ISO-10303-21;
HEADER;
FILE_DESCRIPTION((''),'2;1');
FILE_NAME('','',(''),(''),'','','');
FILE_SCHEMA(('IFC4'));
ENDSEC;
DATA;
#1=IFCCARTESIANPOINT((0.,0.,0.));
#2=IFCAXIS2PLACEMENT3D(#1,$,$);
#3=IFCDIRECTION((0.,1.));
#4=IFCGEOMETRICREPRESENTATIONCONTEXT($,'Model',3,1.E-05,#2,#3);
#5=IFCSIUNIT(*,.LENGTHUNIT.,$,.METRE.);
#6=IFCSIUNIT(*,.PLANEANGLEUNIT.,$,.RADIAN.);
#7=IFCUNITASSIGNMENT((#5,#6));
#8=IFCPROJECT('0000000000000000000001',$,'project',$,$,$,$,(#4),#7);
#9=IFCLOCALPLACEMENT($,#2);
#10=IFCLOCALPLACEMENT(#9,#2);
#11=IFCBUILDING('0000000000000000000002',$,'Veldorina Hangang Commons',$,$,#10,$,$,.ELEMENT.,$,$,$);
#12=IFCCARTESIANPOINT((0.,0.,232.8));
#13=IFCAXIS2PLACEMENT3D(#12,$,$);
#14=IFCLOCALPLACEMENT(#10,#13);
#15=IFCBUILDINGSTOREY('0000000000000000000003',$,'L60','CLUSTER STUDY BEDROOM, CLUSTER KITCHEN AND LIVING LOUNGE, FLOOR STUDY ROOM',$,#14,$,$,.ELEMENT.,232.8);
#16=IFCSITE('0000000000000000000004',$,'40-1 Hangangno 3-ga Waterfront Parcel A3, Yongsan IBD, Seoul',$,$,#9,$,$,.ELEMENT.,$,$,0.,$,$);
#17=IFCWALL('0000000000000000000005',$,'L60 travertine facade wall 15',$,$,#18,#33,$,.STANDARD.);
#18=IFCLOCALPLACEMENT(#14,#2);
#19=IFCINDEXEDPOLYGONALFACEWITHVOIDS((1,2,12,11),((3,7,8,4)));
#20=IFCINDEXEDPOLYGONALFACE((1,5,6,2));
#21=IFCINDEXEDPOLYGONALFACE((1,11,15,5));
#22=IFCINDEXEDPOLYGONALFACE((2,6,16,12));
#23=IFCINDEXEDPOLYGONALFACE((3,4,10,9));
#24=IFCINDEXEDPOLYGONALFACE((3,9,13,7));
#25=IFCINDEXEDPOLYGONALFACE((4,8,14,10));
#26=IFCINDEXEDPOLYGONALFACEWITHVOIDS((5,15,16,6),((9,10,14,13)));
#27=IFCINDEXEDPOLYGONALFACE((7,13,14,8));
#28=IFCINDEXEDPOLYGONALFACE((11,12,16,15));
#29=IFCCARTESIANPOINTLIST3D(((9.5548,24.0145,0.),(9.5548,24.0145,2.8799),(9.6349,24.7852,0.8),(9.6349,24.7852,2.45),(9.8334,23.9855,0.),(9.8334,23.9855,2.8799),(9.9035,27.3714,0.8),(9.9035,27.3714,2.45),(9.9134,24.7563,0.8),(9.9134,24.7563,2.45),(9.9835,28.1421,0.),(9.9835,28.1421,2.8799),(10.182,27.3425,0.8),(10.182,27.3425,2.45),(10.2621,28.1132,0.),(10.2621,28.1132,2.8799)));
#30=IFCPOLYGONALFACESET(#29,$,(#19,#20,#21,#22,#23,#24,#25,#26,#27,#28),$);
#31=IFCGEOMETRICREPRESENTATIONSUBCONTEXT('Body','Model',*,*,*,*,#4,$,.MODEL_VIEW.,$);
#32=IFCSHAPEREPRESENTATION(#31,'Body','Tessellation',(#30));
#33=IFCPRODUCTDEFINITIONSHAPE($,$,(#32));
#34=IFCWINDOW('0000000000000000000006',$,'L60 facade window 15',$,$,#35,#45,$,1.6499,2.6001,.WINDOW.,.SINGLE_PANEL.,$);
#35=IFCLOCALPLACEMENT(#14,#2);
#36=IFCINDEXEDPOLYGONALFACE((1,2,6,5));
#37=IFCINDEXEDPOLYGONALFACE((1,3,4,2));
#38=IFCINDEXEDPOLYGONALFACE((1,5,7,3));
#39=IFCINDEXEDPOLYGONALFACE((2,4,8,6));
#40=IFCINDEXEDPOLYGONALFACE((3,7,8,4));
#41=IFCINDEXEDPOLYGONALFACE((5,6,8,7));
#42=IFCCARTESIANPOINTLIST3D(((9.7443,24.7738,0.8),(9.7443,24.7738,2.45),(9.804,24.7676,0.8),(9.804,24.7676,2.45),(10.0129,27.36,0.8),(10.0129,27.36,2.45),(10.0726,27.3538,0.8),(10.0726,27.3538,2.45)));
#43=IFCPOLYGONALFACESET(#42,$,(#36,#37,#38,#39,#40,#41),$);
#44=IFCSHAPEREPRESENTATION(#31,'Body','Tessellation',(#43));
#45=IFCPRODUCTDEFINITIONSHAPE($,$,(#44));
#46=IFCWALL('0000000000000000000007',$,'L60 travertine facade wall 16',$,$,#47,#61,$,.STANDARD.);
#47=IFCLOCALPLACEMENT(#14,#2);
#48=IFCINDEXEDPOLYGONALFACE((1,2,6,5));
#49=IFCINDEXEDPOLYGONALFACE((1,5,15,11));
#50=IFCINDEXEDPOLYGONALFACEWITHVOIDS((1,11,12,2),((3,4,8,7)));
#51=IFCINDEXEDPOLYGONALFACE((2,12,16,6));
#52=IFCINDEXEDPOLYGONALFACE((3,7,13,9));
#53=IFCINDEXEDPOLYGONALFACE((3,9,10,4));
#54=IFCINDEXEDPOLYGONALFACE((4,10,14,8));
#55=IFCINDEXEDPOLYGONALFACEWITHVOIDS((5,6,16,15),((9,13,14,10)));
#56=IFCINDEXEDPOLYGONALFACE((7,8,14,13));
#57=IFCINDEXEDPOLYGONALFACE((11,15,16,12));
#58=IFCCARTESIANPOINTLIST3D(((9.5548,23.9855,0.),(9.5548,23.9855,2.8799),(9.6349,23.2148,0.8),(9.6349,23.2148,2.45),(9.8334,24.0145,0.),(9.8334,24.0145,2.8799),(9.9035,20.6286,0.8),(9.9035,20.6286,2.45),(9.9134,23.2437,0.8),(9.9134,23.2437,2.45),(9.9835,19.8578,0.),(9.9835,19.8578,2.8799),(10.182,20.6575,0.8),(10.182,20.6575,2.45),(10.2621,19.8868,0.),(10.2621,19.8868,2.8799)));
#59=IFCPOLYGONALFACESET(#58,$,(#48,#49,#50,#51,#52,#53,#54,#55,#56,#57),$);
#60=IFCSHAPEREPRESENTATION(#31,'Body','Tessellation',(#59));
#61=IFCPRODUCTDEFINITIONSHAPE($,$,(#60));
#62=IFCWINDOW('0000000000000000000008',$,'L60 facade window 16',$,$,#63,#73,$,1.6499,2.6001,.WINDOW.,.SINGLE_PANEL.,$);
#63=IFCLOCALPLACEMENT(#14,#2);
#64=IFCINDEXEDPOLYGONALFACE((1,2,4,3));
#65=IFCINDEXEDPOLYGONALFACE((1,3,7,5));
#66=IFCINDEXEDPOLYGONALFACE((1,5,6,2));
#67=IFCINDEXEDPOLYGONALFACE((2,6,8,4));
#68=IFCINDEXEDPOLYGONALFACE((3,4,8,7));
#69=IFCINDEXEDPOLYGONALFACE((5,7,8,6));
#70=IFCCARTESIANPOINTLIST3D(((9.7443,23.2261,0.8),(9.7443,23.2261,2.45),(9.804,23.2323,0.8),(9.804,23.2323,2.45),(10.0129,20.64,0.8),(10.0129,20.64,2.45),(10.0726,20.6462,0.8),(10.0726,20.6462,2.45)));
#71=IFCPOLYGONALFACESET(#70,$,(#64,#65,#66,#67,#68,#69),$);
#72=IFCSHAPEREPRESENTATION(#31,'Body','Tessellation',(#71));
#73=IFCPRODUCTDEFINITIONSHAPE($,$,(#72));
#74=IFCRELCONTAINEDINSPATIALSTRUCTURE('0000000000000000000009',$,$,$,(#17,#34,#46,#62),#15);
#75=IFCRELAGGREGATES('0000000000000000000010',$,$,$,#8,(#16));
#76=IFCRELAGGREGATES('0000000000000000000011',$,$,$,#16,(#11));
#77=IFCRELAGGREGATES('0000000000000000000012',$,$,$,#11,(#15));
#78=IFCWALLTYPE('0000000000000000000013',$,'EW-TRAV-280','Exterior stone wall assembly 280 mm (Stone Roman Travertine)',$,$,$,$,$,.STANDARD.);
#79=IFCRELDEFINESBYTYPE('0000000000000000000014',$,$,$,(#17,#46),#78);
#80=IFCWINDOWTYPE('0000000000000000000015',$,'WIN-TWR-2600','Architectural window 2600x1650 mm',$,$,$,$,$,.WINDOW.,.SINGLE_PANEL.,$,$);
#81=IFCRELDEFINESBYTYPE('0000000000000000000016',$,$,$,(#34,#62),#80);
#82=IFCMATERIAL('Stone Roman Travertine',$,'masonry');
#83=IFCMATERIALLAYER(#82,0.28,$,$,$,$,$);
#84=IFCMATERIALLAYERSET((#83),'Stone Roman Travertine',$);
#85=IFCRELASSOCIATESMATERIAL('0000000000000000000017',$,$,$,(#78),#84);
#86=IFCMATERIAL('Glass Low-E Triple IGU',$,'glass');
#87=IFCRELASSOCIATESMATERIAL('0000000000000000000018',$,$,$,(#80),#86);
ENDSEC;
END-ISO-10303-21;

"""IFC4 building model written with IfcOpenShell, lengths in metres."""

from ifc_helpers import new_model, si_unit, direction, frame, frame_2d, origin, place, context, subcontext, project, spatial, rectangle, extrude, material, layer, layer_set, type_object, element, fill, save


model = new_model("IFC4")

# Units and contexts
model_context = context("Model", 3, precision=1e-05, world=origin(), true_north=direction((0.0, 1.0)))
body_context = subcontext(model_context, "Body", "Model", "MODEL_VIEW")
ifc_project = project(units=[si_unit("LENGTHUNIT", "METRE"), si_unit("PLANEANGLEUNIT", "RADIAN")], contexts=[model_context])

# Site, building, storey
site_placement = place(None, origin())
site = spatial("IfcSite", under=ifc_project, at=site_placement, Name="40-1 Hangangno 3-ga Waterfront Parcel A3, Yongsan IBD, Seoul", CompositionType="ELEMENT", RefElevation=0.0)
building_placement = place(site_placement, origin())
building = spatial("IfcBuilding", under=site, at=building_placement, Name="Veldorina Hangang Commons", CompositionType="ELEMENT")
storey_placement = place(building_placement, frame((0.0, 0.0, 232.8)))
storey = spatial("IfcBuildingStorey", under=building, at=storey_placement, Name="L60", Description="CLUSTER STUDY BEDROOM, CLUSTER KITCHEN AND LIVING LOUNGE, FLOOR STUDY ROOM", CompositionType="ELEMENT", Elevation=232.8)

# Walls, openings, windows
ifc_material_1 = material(Name="Stone Roman Travertine", Category="masonry")
ifc_layer_1 = layer(ifc_material_1, 0.28)
ifc_layer_set_1 = layer_set([ifc_layer_1], Name="Stone Roman Travertine")
wall_type = type_object("IfcWallType", Name="EW-TRAV-280", Description="Exterior stone wall assembly 280 mm (Stone Roman Travertine)", PredefinedType="STANDARD", material=ifc_layer_set_1)
wall_1_placement = place(storey_placement, frame((10.1228, 28.1277, 0.0), z_axis=(0.0, 0.0, 1.0), x_axis=(-0.103307, -0.99465, 0.0)))
wall_1 = element("IfcWall", 1, at=wall_1_placement, inside=storey, type_object=wall_type, Name="L60 travertine facade wall 15", PredefinedType="STANDARD", context=body_context, shape_type="SweptSolid", body=[
    extrude(rectangle(XDim=4.1499, YDim=0.28, at=frame_2d((2.075, 0.0))), origin(), (0.0, 0.0, 1.0), 2.8799),
])
opening_1_placement = place(wall_1_placement, frame((0.7749, 0.0, 0.8)))
opening_1 = element("IfcOpeningElement", 2, at=opening_1_placement, cuts=wall_1, PredefinedType="OPENING", context=body_context, shape_type="SweptSolid", body=[
    extrude(rectangle(XDim=2.6001, YDim=1.6499, at=frame_2d((1.3, 0.825))), frame((0.0, 0.1499, 0.0), z_axis=(0.0, -1.0, 0.0), x_axis=(1.0, 0.0, 0.0)), (0.0, 0.0, 1.0), 0.3),
])
ifc_material_2 = material(Name="Glass Low-E Triple IGU", Category="glass")
window_type = type_object("IfcWindowType", Name="WIN-TWR-2600", Description="Architectural window 2600x1650 mm", PartitioningType="SINGLE_PANEL", PredefinedType="WINDOW", material=ifc_material_2)
window_1_placement = place(opening_1_placement, origin())
window_1 = element("IfcWindow", 3, at=window_1_placement, inside=storey, type_object=window_type, Name="L60 facade window 15", OverallHeight=1.6499, OverallWidth=2.6001, PartitioningType="SINGLE_PANEL", PredefinedType="WINDOW", context=body_context, shape_type="SweptSolid", body=[
    extrude(rectangle(XDim=2.6001, YDim=1.6499, at=frame_2d((1.3, 0.825))), frame((0.0, 0.03, 0.0), z_axis=(0.0, -1.0, 0.0), x_axis=(1.0, 0.0, 0.0)), (0.0, 0.0, 1.0), 0.0601),
])
fill(opening_1, window_1)
wall_2_placement = place(storey_placement, frame((9.6941, 24.0, 0.0), z_axis=(0.0, 0.0, 1.0), x_axis=(0.103307, -0.99465, 0.0)))
wall_2 = element("IfcWall", 4, at=wall_2_placement, inside=storey, type_object=wall_type, Name="L60 travertine facade wall 16", PredefinedType="STANDARD", context=body_context, shape_type="SweptSolid", body=[
    extrude(rectangle(XDim=4.1499, YDim=0.28, at=frame_2d((2.075, 0.0))), origin(), (0.0, 0.0, 1.0), 2.8799),
])
opening_2_placement = place(wall_2_placement, frame((0.7749, 0.0, 0.8)))
opening_2 = element("IfcOpeningElement", 5, at=opening_2_placement, cuts=wall_2, PredefinedType="OPENING", context=body_context, shape_type="SweptSolid", body=[
    extrude(rectangle(XDim=2.6001, YDim=1.6499, at=frame_2d((1.3, 0.825))), frame((0.0, 0.1499, 0.0), z_axis=(0.0, -1.0, 0.0), x_axis=(1.0, 0.0, 0.0)), (0.0, 0.0, 1.0), 0.3),
])
window_2_placement = place(opening_2_placement, origin())
window_2 = element("IfcWindow", 6, at=window_2_placement, inside=storey, type_object=window_type, Name="L60 facade window 16", OverallHeight=1.6499, OverallWidth=2.6001, PartitioningType="SINGLE_PANEL", PredefinedType="WINDOW", context=body_context, shape_type="SweptSolid", body=[
    extrude(rectangle(XDim=2.6001, YDim=1.6499, at=frame_2d((1.3, 0.825))), frame((0.0, 0.03, 0.0), z_axis=(0.0, -1.0, 0.0), x_axis=(1.0, 0.0, 0.0)), (0.0, 0.0, 1.0), 0.0601),
])
fill(opening_2, window_2)

save(model, "model.ifc")
